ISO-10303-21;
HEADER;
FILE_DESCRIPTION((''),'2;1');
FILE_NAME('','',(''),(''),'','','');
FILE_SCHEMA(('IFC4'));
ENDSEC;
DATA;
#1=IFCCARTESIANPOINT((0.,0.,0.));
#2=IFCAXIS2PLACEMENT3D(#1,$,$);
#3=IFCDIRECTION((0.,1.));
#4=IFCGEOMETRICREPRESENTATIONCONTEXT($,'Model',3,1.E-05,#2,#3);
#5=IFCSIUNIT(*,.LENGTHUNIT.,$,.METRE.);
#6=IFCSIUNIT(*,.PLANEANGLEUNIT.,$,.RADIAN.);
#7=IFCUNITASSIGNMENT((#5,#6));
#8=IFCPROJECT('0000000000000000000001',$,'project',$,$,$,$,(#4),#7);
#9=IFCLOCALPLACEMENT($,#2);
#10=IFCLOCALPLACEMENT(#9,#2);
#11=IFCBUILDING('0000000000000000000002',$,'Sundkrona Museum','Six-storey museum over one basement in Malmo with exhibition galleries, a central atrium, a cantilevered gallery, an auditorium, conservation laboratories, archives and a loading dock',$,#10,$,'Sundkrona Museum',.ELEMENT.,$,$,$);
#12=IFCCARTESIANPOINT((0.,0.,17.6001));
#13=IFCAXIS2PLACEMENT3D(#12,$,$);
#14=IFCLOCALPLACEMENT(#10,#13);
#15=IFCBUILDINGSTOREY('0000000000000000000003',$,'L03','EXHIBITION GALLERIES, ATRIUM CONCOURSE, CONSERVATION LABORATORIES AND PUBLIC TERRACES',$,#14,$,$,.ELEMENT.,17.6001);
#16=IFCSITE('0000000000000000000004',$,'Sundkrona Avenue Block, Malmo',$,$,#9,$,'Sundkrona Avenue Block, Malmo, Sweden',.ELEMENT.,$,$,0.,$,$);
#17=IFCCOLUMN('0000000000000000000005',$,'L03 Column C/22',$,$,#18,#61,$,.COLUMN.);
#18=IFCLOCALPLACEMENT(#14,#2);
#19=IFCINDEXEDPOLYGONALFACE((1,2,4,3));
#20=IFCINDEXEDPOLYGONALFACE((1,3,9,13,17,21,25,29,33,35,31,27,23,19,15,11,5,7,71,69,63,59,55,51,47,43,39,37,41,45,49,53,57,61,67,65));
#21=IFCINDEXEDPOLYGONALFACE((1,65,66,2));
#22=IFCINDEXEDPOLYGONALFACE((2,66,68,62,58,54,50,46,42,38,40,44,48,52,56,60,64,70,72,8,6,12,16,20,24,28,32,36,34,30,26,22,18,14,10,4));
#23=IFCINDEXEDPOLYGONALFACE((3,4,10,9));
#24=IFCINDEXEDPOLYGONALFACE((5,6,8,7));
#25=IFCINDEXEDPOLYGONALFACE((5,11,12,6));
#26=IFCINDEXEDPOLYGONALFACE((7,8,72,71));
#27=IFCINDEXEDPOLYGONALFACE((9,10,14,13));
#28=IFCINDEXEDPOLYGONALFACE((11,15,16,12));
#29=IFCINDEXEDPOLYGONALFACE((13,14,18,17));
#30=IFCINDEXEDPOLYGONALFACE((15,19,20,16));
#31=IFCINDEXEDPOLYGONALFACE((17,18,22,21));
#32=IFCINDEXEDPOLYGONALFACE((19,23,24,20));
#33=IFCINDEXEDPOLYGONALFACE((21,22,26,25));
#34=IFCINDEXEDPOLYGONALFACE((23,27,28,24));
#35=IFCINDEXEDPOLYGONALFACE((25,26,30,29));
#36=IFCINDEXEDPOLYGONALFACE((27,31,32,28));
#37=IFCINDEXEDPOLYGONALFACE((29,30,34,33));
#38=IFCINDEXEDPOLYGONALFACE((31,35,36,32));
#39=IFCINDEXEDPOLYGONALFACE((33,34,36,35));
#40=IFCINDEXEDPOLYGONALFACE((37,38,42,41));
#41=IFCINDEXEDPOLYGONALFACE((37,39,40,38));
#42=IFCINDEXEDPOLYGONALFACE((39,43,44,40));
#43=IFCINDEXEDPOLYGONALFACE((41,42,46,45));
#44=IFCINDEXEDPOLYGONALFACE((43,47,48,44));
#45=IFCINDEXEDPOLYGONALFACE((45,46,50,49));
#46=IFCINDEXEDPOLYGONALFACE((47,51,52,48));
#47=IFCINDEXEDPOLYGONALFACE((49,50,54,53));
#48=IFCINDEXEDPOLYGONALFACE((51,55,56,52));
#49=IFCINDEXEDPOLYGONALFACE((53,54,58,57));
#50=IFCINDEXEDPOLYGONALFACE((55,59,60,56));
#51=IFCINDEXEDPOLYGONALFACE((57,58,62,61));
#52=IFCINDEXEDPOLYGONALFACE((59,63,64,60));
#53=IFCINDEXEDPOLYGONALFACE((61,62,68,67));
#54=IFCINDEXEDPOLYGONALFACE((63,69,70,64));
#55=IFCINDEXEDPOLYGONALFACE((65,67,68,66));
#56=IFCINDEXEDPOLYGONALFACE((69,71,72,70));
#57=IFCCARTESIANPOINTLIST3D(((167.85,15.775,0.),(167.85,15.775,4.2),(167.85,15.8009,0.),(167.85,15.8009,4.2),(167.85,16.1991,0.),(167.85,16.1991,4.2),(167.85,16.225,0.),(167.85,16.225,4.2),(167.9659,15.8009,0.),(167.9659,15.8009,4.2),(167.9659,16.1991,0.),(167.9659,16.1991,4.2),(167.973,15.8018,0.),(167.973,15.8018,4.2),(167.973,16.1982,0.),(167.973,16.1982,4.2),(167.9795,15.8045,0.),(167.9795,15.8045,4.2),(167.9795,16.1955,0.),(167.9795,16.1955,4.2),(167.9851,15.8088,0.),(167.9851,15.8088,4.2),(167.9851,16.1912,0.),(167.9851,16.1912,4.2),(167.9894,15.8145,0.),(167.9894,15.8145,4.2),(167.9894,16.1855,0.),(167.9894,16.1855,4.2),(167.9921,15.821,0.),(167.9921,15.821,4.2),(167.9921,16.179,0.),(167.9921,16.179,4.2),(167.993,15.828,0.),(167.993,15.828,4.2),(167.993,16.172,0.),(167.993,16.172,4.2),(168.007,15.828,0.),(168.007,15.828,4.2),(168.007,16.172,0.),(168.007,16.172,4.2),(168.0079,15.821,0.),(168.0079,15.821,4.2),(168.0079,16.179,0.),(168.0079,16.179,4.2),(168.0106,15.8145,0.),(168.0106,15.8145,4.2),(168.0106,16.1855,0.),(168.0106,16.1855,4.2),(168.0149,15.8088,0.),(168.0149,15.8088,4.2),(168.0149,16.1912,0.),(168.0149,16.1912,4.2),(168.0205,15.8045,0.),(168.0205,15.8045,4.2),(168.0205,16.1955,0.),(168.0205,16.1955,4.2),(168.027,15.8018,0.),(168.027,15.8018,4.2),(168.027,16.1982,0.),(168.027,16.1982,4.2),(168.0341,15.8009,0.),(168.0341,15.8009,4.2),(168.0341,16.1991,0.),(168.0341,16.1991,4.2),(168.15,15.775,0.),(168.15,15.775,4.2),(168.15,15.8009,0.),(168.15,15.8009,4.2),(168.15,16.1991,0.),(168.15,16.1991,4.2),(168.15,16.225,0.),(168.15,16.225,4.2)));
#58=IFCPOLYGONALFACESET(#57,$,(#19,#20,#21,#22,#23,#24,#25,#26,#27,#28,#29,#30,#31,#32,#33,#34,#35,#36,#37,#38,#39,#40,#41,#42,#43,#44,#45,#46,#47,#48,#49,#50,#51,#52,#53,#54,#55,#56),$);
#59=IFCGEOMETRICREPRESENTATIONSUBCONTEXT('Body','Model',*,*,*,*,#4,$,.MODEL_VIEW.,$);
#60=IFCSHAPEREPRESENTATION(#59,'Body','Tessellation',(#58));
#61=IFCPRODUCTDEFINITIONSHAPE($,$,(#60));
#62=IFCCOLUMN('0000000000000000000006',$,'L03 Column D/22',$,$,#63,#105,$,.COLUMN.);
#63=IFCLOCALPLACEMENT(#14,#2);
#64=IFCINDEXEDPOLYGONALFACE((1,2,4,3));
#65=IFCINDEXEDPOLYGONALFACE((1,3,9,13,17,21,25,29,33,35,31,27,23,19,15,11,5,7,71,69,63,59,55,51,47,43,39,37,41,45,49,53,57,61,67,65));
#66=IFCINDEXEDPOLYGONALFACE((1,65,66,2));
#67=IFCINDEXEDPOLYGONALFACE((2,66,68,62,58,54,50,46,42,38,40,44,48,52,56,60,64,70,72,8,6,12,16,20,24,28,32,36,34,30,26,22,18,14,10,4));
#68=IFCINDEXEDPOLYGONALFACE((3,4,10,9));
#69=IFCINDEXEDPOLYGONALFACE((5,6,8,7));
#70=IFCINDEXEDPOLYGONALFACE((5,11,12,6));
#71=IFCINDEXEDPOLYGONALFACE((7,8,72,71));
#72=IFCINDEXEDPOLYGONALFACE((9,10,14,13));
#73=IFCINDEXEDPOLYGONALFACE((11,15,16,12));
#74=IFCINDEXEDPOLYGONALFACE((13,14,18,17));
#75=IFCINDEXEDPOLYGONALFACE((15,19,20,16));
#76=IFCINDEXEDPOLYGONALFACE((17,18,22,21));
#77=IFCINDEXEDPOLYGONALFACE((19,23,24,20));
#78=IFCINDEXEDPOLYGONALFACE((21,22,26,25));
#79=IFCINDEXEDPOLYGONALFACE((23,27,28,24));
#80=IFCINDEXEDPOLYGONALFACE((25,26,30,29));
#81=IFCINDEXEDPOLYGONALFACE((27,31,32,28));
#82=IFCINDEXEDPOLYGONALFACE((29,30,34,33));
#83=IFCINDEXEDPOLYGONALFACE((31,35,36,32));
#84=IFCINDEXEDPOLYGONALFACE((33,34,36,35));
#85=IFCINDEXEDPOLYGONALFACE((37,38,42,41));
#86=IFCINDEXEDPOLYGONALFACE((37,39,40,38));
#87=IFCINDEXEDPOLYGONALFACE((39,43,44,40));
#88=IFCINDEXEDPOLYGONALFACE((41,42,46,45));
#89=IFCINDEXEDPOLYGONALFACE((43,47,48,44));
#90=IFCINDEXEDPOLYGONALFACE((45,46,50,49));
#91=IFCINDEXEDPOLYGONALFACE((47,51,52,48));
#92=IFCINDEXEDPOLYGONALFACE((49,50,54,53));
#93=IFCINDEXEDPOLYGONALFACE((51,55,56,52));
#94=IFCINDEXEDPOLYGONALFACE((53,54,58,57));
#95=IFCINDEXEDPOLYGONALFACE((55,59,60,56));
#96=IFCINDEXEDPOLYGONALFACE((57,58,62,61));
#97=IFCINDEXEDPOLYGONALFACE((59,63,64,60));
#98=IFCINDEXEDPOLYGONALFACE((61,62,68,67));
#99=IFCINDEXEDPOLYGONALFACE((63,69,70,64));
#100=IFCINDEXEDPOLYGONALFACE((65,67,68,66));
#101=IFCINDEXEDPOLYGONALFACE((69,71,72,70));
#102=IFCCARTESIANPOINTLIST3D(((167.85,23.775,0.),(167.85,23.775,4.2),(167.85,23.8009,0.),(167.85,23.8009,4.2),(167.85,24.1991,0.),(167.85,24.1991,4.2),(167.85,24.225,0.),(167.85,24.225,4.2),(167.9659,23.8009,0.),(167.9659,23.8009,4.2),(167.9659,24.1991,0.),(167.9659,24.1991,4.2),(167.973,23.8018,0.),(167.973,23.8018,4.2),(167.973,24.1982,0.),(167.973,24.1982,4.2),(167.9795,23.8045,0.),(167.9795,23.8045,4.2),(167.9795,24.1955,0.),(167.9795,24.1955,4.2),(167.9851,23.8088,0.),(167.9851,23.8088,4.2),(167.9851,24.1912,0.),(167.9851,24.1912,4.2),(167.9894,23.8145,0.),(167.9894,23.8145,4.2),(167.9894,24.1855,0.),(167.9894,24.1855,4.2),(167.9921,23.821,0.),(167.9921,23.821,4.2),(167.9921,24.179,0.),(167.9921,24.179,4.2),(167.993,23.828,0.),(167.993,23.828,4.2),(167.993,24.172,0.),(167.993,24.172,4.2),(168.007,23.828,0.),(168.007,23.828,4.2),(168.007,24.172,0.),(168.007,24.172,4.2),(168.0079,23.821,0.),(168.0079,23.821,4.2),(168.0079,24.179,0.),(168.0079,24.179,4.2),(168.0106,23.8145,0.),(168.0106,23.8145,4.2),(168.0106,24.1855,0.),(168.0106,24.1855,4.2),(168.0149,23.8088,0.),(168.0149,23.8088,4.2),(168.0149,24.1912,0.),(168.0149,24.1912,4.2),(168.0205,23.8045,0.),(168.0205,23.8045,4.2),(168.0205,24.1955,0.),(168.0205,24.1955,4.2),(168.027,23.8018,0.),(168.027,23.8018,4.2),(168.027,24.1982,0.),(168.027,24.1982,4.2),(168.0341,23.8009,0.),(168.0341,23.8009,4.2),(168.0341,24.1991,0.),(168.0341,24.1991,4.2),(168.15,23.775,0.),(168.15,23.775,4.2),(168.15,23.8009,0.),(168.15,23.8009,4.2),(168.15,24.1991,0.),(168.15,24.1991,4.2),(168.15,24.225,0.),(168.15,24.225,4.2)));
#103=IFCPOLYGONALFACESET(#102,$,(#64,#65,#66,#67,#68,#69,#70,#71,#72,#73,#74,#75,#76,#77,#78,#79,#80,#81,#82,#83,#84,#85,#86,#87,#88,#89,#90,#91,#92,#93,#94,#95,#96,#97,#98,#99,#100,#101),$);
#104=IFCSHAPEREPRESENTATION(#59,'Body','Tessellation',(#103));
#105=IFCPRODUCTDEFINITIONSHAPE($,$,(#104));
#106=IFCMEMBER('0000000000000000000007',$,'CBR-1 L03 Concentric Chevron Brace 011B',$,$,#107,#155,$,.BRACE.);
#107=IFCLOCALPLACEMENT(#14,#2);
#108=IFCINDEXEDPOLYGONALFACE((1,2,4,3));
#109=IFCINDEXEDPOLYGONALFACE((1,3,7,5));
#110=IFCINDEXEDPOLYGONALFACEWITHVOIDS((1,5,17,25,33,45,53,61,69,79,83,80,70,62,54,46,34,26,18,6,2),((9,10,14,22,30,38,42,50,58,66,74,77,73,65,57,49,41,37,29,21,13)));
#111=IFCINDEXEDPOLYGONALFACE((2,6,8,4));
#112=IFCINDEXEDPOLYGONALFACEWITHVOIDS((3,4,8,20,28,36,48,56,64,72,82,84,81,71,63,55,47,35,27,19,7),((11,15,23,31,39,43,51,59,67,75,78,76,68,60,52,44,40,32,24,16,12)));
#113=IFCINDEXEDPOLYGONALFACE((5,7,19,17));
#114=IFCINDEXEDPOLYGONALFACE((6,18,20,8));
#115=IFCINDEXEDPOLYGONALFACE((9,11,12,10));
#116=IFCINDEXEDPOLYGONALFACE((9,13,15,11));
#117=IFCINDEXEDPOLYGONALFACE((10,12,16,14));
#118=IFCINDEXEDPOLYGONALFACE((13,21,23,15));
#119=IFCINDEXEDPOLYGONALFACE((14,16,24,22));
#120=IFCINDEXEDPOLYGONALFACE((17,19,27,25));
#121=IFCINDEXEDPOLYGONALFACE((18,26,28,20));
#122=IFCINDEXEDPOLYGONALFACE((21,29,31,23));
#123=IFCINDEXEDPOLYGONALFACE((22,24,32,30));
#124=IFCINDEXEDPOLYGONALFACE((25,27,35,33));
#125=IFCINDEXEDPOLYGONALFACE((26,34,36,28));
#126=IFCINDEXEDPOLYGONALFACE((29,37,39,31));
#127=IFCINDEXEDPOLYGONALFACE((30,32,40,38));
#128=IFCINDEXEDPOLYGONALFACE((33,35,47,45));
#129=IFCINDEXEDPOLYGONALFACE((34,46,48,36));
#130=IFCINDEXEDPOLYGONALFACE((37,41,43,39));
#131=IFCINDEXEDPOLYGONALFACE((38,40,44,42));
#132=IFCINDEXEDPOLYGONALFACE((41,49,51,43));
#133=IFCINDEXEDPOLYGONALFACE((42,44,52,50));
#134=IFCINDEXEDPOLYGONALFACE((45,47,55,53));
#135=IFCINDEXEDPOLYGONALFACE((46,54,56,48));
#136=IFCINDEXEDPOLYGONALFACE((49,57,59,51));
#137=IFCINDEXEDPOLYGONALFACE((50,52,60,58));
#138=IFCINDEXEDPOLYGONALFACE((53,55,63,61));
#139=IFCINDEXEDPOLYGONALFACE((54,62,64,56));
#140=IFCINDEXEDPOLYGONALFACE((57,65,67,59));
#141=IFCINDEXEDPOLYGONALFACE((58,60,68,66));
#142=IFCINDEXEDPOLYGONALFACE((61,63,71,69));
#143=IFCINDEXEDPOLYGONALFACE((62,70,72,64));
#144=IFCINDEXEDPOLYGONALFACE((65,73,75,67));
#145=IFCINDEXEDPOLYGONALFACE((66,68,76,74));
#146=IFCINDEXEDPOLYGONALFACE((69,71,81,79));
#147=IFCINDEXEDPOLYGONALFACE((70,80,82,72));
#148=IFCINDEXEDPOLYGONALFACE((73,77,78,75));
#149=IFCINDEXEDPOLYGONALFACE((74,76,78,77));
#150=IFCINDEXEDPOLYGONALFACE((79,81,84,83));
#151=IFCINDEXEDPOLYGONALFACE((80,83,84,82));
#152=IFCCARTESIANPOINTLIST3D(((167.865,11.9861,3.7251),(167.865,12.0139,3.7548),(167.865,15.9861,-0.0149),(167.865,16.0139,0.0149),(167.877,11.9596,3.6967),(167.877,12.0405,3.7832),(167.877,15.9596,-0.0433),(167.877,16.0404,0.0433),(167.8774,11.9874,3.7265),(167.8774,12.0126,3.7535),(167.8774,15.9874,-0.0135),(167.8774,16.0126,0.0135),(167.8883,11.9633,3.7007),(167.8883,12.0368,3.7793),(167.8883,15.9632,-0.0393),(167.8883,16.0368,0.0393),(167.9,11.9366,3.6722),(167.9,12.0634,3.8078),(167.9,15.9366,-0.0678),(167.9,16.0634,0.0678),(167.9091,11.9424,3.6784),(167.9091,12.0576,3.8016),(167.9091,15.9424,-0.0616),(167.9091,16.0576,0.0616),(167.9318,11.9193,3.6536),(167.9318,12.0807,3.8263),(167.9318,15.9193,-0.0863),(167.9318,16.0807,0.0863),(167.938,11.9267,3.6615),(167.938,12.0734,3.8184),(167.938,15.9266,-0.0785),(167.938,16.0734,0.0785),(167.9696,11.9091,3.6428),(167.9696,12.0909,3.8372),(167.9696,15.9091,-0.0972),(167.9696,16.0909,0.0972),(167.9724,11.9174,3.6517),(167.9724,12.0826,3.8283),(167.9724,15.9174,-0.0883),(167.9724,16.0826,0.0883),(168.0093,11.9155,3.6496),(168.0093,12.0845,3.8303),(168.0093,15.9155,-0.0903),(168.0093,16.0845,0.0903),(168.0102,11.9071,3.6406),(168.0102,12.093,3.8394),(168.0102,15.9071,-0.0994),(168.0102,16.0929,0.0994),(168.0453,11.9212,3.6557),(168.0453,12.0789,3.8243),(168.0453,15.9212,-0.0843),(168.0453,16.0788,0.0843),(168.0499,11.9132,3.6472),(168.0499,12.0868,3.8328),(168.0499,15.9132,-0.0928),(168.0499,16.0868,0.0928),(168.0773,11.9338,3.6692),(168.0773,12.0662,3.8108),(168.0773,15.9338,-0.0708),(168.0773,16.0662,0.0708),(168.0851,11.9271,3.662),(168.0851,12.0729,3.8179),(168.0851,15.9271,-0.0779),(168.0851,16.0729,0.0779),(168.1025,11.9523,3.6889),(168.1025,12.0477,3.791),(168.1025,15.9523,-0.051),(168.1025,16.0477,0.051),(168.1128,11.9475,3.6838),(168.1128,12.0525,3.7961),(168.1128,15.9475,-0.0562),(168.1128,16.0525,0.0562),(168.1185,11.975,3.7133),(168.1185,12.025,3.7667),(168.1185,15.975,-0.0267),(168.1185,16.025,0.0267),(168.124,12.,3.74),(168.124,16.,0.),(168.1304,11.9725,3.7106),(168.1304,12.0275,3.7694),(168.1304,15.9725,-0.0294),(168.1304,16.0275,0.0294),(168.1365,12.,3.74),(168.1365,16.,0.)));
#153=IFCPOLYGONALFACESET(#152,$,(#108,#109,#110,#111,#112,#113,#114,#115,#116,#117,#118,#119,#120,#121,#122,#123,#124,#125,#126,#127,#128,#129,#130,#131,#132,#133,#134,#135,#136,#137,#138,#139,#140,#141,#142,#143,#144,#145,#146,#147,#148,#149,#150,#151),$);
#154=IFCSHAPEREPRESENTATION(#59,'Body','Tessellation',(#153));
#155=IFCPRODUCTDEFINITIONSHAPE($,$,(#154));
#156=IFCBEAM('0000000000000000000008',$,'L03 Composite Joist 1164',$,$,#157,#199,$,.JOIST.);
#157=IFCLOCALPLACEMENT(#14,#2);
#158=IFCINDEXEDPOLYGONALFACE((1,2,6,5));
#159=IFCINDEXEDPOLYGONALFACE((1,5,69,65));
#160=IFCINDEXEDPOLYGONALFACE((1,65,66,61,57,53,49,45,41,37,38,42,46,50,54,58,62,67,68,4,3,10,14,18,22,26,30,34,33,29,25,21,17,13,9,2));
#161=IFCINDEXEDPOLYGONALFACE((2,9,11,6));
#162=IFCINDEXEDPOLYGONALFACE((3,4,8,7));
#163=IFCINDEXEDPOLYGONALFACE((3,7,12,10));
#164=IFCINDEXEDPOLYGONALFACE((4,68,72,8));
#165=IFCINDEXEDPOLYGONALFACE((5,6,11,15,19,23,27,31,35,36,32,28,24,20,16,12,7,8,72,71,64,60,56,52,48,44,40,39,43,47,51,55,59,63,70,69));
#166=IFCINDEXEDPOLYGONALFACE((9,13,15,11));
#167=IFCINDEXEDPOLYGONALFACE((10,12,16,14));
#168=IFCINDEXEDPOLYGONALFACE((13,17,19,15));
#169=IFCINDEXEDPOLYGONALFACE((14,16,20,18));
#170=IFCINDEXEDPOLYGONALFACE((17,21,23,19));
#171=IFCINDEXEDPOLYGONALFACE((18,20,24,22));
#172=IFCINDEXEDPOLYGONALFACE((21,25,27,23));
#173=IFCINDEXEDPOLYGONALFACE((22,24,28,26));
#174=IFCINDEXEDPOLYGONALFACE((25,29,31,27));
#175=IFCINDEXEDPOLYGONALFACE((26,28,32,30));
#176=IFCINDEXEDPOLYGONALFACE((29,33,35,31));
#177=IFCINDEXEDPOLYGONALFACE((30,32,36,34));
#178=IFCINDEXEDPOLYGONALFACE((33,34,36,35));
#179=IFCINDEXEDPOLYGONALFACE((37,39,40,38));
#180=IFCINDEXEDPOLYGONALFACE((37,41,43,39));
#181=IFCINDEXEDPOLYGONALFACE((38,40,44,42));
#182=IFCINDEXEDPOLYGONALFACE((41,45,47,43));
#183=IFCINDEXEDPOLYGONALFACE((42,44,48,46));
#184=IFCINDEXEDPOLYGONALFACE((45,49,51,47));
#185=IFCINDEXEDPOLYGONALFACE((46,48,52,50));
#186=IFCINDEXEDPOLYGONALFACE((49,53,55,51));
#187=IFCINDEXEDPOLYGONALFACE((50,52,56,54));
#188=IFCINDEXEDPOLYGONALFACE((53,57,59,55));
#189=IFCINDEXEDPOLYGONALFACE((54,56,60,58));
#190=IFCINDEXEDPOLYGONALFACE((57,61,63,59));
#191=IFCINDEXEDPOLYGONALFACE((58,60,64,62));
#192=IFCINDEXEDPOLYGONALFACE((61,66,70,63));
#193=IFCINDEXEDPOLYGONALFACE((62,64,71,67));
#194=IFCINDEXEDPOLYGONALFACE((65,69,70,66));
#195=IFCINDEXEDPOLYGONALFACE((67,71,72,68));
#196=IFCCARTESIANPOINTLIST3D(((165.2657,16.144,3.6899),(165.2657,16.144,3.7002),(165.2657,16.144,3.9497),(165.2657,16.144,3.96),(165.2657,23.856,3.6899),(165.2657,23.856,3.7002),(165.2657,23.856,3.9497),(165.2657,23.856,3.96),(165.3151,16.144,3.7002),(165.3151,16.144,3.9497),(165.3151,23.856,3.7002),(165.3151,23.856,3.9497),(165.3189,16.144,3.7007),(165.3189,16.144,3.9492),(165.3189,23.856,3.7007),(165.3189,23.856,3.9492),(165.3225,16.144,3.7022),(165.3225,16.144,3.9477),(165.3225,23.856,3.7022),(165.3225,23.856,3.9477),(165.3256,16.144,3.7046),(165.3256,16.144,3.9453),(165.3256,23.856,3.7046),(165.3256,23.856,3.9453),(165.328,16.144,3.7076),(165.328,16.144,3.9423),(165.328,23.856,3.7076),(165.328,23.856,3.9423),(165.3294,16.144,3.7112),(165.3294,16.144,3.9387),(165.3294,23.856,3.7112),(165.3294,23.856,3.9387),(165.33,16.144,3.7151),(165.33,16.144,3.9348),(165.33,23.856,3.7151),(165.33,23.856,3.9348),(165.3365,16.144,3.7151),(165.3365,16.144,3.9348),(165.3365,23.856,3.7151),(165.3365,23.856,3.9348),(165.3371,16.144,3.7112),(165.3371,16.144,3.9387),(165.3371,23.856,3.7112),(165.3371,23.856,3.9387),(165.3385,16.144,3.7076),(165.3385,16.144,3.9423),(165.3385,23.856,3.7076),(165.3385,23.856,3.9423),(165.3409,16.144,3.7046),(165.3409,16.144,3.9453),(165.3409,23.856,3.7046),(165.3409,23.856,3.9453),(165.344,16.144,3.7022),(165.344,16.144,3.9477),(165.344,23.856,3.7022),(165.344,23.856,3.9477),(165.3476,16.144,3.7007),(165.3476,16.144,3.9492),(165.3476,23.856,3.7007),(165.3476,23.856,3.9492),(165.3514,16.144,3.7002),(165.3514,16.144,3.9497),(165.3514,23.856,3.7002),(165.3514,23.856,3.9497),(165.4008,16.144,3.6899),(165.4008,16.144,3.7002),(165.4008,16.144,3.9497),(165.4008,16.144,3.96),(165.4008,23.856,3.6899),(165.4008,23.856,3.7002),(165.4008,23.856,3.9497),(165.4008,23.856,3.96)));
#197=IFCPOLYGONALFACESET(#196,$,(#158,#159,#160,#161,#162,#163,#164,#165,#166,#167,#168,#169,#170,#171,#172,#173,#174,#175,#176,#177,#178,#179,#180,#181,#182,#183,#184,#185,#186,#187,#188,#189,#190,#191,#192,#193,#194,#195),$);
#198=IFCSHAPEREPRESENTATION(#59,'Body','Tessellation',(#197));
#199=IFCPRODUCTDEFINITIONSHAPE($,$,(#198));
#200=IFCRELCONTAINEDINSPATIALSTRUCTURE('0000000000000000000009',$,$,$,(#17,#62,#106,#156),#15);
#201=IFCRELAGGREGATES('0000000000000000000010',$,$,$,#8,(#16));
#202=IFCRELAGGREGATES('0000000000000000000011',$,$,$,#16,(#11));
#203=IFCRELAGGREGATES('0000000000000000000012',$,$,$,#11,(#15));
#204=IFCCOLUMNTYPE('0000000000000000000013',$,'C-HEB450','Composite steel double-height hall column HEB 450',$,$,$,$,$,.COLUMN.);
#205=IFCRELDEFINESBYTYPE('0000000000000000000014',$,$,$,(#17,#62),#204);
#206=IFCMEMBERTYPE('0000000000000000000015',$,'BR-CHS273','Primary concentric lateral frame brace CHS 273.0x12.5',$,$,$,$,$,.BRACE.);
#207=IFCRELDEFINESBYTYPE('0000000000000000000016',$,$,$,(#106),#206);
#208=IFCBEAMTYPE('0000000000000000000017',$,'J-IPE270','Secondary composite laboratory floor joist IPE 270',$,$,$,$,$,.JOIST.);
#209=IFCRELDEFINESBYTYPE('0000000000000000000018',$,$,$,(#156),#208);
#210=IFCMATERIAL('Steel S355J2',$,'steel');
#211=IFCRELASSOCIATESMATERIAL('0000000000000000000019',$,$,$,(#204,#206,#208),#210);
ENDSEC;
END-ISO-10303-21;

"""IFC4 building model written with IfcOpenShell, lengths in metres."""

from ifc_helpers import new_model, si_unit, direction, frame, origin, origin_2d, place, context, subcontext, project, spatial, hollow_circle, i_section, extrude, material, material_profile, profile_set, type_object, element, save


model = new_model("IFC4")

# Units and contexts
model_context = context("Model", 3, precision=1e-05, world=origin(), true_north=direction((0.0, 1.0)))
body_context = subcontext(model_context, "Body", "Model", "MODEL_VIEW")
ifc_project = project(units=[si_unit("LENGTHUNIT", "METRE"), si_unit("PLANEANGLEUNIT", "RADIAN")], contexts=[model_context])

# Site, building, storey
site_placement = place(None, origin())
site = spatial("IfcSite", under=ifc_project, at=site_placement, Name="Sundkrona Avenue Block, Malmo", LongName="Sundkrona Avenue Block, Malmo, Sweden", CompositionType="ELEMENT", RefElevation=0.0)
building_placement = place(site_placement, origin())
building = spatial("IfcBuilding", under=site, at=building_placement, Name="Sundkrona Museum", Description="Six-storey museum over one basement in Malmo with exhibition galleries, a central atrium, a cantilevered gallery, an auditorium, conservation laboratories, archives and a loading dock", LongName="Sundkrona Museum", CompositionType="ELEMENT")
storey_placement = place(building_placement, frame((0.0, 0.0, 17.6001)))
storey = spatial("IfcBuildingStorey", under=building, at=storey_placement, Name="L03", Description="EXHIBITION GALLERIES, ATRIUM CONCOURSE, CONSERVATION LABORATORIES AND PUBLIC TERRACES", CompositionType="ELEMENT", Elevation=17.6001)

# Columns
ifc_material_1 = material(Name="Steel S355J2", Category="steel")
ifc_material_profile_1 = material_profile(ifc_material_1, i_section(OverallWidth=0.3, OverallDepth=0.45, WebThickness=0.0139, FlangeThickness=0.0259, FilletRadius=0.0271, at=origin_2d()), Name="HEB 450")
ifc_profile_set_1 = profile_set([ifc_material_profile_1], Name="Steel S355J2")
column_type = type_object("IfcColumnType", Name="C-HEB450", Description="Composite steel double-height hall column HEB 450", PredefinedType="COLUMN", material=ifc_profile_set_1)
for number, where, z_axis, x_axis, name in (
    (1, (168.0, 16.0, 0.0), (0.0, 0.0, 1.0), (1.0, 0.0, 0.0), "L03 Column C/22"),
    (2, (168.0, 24.0, 0.0), (0.0, 0.0, 1.0), (1.0, 0.0, 0.0), "L03 Column D/22"),
):
    element("IfcColumn", number, at=place(storey_placement, frame(where, z_axis=z_axis, x_axis=x_axis)), inside=storey, type_object=column_type, Name=name, PredefinedType="COLUMN", context=body_context, shape_type="SweptSolid", body=[
        extrude(i_section(OverallWidth=0.3, OverallDepth=0.45, WebThickness=0.0139, FlangeThickness=0.0259, FilletRadius=0.0271, at=origin_2d()), origin(), (0.0, 0.0, 1.0), 4.2),
    ])

# Member
ifc_material_profile_2 = material_profile(ifc_material_1, hollow_circle(Radius=0.1365, WallThickness=0.0125, at=origin_2d()), Name="CHS 273.0x12.5")
ifc_profile_set_2 = profile_set([ifc_material_profile_2], Name="Steel S355J2")
member_type = type_object("IfcMemberType", Name="BR-CHS273", Description="Primary concentric lateral frame brace CHS 273.0x12.5", PredefinedType="BRACE", material=ifc_profile_set_2)
member_placement = place(storey_placement, frame((168.0, 16.0, 0.0), z_axis=(0.0, -0.730449, 0.682968), x_axis=(1.0, 0.0, 0.0)))
element("IfcMember", 3, at=member_placement, inside=storey, type_object=member_type, Name="CBR-1 L03 Concentric Chevron Brace 011B", PredefinedType="BRACE", context=body_context, shape_type="SweptSolid", body=[
    extrude(hollow_circle(Radius=0.1365, WallThickness=0.0125, at=origin_2d()), origin(), (0.0, 0.0, 1.0), 5.4761),
])

# Beam
ifc_material_profile_3 = material_profile(ifc_material_1, i_section(OverallWidth=0.135, OverallDepth=0.27, WebThickness=0.0066, FlangeThickness=0.0103, FilletRadius=0.0149, at=origin_2d()), Name="IPE 270")
ifc_profile_set_3 = profile_set([ifc_material_profile_3], Name="Steel S355J2")
beam_type_1 = type_object("IfcBeamType", Name="J-IPE270", Description="Secondary composite laboratory floor joist IPE 270", PredefinedType="JOIST", material=ifc_profile_set_3)
for number, where, z_axis, x_axis, name in (
    (4, (165.3333, 16.144, 3.825), (0.0, 1.0, 0.0), (-1.0, 0.0, 0.0), "L03 Composite Joist 1164"),
):
    element("IfcBeam", number, at=place(storey_placement, frame(where, z_axis=z_axis, x_axis=x_axis)), inside=storey, type_object=beam_type_1, Name=name, PredefinedType="JOIST", context=body_context, shape_type="SweptSolid", body=[
        extrude(i_section(OverallWidth=0.135, OverallDepth=0.27, WebThickness=0.0066, FlangeThickness=0.0103, FilletRadius=0.0149, at=origin_2d()), origin(), (0.0, 0.0, 1.0), 7.7119),
    ])

save(model, "model.ifc")
